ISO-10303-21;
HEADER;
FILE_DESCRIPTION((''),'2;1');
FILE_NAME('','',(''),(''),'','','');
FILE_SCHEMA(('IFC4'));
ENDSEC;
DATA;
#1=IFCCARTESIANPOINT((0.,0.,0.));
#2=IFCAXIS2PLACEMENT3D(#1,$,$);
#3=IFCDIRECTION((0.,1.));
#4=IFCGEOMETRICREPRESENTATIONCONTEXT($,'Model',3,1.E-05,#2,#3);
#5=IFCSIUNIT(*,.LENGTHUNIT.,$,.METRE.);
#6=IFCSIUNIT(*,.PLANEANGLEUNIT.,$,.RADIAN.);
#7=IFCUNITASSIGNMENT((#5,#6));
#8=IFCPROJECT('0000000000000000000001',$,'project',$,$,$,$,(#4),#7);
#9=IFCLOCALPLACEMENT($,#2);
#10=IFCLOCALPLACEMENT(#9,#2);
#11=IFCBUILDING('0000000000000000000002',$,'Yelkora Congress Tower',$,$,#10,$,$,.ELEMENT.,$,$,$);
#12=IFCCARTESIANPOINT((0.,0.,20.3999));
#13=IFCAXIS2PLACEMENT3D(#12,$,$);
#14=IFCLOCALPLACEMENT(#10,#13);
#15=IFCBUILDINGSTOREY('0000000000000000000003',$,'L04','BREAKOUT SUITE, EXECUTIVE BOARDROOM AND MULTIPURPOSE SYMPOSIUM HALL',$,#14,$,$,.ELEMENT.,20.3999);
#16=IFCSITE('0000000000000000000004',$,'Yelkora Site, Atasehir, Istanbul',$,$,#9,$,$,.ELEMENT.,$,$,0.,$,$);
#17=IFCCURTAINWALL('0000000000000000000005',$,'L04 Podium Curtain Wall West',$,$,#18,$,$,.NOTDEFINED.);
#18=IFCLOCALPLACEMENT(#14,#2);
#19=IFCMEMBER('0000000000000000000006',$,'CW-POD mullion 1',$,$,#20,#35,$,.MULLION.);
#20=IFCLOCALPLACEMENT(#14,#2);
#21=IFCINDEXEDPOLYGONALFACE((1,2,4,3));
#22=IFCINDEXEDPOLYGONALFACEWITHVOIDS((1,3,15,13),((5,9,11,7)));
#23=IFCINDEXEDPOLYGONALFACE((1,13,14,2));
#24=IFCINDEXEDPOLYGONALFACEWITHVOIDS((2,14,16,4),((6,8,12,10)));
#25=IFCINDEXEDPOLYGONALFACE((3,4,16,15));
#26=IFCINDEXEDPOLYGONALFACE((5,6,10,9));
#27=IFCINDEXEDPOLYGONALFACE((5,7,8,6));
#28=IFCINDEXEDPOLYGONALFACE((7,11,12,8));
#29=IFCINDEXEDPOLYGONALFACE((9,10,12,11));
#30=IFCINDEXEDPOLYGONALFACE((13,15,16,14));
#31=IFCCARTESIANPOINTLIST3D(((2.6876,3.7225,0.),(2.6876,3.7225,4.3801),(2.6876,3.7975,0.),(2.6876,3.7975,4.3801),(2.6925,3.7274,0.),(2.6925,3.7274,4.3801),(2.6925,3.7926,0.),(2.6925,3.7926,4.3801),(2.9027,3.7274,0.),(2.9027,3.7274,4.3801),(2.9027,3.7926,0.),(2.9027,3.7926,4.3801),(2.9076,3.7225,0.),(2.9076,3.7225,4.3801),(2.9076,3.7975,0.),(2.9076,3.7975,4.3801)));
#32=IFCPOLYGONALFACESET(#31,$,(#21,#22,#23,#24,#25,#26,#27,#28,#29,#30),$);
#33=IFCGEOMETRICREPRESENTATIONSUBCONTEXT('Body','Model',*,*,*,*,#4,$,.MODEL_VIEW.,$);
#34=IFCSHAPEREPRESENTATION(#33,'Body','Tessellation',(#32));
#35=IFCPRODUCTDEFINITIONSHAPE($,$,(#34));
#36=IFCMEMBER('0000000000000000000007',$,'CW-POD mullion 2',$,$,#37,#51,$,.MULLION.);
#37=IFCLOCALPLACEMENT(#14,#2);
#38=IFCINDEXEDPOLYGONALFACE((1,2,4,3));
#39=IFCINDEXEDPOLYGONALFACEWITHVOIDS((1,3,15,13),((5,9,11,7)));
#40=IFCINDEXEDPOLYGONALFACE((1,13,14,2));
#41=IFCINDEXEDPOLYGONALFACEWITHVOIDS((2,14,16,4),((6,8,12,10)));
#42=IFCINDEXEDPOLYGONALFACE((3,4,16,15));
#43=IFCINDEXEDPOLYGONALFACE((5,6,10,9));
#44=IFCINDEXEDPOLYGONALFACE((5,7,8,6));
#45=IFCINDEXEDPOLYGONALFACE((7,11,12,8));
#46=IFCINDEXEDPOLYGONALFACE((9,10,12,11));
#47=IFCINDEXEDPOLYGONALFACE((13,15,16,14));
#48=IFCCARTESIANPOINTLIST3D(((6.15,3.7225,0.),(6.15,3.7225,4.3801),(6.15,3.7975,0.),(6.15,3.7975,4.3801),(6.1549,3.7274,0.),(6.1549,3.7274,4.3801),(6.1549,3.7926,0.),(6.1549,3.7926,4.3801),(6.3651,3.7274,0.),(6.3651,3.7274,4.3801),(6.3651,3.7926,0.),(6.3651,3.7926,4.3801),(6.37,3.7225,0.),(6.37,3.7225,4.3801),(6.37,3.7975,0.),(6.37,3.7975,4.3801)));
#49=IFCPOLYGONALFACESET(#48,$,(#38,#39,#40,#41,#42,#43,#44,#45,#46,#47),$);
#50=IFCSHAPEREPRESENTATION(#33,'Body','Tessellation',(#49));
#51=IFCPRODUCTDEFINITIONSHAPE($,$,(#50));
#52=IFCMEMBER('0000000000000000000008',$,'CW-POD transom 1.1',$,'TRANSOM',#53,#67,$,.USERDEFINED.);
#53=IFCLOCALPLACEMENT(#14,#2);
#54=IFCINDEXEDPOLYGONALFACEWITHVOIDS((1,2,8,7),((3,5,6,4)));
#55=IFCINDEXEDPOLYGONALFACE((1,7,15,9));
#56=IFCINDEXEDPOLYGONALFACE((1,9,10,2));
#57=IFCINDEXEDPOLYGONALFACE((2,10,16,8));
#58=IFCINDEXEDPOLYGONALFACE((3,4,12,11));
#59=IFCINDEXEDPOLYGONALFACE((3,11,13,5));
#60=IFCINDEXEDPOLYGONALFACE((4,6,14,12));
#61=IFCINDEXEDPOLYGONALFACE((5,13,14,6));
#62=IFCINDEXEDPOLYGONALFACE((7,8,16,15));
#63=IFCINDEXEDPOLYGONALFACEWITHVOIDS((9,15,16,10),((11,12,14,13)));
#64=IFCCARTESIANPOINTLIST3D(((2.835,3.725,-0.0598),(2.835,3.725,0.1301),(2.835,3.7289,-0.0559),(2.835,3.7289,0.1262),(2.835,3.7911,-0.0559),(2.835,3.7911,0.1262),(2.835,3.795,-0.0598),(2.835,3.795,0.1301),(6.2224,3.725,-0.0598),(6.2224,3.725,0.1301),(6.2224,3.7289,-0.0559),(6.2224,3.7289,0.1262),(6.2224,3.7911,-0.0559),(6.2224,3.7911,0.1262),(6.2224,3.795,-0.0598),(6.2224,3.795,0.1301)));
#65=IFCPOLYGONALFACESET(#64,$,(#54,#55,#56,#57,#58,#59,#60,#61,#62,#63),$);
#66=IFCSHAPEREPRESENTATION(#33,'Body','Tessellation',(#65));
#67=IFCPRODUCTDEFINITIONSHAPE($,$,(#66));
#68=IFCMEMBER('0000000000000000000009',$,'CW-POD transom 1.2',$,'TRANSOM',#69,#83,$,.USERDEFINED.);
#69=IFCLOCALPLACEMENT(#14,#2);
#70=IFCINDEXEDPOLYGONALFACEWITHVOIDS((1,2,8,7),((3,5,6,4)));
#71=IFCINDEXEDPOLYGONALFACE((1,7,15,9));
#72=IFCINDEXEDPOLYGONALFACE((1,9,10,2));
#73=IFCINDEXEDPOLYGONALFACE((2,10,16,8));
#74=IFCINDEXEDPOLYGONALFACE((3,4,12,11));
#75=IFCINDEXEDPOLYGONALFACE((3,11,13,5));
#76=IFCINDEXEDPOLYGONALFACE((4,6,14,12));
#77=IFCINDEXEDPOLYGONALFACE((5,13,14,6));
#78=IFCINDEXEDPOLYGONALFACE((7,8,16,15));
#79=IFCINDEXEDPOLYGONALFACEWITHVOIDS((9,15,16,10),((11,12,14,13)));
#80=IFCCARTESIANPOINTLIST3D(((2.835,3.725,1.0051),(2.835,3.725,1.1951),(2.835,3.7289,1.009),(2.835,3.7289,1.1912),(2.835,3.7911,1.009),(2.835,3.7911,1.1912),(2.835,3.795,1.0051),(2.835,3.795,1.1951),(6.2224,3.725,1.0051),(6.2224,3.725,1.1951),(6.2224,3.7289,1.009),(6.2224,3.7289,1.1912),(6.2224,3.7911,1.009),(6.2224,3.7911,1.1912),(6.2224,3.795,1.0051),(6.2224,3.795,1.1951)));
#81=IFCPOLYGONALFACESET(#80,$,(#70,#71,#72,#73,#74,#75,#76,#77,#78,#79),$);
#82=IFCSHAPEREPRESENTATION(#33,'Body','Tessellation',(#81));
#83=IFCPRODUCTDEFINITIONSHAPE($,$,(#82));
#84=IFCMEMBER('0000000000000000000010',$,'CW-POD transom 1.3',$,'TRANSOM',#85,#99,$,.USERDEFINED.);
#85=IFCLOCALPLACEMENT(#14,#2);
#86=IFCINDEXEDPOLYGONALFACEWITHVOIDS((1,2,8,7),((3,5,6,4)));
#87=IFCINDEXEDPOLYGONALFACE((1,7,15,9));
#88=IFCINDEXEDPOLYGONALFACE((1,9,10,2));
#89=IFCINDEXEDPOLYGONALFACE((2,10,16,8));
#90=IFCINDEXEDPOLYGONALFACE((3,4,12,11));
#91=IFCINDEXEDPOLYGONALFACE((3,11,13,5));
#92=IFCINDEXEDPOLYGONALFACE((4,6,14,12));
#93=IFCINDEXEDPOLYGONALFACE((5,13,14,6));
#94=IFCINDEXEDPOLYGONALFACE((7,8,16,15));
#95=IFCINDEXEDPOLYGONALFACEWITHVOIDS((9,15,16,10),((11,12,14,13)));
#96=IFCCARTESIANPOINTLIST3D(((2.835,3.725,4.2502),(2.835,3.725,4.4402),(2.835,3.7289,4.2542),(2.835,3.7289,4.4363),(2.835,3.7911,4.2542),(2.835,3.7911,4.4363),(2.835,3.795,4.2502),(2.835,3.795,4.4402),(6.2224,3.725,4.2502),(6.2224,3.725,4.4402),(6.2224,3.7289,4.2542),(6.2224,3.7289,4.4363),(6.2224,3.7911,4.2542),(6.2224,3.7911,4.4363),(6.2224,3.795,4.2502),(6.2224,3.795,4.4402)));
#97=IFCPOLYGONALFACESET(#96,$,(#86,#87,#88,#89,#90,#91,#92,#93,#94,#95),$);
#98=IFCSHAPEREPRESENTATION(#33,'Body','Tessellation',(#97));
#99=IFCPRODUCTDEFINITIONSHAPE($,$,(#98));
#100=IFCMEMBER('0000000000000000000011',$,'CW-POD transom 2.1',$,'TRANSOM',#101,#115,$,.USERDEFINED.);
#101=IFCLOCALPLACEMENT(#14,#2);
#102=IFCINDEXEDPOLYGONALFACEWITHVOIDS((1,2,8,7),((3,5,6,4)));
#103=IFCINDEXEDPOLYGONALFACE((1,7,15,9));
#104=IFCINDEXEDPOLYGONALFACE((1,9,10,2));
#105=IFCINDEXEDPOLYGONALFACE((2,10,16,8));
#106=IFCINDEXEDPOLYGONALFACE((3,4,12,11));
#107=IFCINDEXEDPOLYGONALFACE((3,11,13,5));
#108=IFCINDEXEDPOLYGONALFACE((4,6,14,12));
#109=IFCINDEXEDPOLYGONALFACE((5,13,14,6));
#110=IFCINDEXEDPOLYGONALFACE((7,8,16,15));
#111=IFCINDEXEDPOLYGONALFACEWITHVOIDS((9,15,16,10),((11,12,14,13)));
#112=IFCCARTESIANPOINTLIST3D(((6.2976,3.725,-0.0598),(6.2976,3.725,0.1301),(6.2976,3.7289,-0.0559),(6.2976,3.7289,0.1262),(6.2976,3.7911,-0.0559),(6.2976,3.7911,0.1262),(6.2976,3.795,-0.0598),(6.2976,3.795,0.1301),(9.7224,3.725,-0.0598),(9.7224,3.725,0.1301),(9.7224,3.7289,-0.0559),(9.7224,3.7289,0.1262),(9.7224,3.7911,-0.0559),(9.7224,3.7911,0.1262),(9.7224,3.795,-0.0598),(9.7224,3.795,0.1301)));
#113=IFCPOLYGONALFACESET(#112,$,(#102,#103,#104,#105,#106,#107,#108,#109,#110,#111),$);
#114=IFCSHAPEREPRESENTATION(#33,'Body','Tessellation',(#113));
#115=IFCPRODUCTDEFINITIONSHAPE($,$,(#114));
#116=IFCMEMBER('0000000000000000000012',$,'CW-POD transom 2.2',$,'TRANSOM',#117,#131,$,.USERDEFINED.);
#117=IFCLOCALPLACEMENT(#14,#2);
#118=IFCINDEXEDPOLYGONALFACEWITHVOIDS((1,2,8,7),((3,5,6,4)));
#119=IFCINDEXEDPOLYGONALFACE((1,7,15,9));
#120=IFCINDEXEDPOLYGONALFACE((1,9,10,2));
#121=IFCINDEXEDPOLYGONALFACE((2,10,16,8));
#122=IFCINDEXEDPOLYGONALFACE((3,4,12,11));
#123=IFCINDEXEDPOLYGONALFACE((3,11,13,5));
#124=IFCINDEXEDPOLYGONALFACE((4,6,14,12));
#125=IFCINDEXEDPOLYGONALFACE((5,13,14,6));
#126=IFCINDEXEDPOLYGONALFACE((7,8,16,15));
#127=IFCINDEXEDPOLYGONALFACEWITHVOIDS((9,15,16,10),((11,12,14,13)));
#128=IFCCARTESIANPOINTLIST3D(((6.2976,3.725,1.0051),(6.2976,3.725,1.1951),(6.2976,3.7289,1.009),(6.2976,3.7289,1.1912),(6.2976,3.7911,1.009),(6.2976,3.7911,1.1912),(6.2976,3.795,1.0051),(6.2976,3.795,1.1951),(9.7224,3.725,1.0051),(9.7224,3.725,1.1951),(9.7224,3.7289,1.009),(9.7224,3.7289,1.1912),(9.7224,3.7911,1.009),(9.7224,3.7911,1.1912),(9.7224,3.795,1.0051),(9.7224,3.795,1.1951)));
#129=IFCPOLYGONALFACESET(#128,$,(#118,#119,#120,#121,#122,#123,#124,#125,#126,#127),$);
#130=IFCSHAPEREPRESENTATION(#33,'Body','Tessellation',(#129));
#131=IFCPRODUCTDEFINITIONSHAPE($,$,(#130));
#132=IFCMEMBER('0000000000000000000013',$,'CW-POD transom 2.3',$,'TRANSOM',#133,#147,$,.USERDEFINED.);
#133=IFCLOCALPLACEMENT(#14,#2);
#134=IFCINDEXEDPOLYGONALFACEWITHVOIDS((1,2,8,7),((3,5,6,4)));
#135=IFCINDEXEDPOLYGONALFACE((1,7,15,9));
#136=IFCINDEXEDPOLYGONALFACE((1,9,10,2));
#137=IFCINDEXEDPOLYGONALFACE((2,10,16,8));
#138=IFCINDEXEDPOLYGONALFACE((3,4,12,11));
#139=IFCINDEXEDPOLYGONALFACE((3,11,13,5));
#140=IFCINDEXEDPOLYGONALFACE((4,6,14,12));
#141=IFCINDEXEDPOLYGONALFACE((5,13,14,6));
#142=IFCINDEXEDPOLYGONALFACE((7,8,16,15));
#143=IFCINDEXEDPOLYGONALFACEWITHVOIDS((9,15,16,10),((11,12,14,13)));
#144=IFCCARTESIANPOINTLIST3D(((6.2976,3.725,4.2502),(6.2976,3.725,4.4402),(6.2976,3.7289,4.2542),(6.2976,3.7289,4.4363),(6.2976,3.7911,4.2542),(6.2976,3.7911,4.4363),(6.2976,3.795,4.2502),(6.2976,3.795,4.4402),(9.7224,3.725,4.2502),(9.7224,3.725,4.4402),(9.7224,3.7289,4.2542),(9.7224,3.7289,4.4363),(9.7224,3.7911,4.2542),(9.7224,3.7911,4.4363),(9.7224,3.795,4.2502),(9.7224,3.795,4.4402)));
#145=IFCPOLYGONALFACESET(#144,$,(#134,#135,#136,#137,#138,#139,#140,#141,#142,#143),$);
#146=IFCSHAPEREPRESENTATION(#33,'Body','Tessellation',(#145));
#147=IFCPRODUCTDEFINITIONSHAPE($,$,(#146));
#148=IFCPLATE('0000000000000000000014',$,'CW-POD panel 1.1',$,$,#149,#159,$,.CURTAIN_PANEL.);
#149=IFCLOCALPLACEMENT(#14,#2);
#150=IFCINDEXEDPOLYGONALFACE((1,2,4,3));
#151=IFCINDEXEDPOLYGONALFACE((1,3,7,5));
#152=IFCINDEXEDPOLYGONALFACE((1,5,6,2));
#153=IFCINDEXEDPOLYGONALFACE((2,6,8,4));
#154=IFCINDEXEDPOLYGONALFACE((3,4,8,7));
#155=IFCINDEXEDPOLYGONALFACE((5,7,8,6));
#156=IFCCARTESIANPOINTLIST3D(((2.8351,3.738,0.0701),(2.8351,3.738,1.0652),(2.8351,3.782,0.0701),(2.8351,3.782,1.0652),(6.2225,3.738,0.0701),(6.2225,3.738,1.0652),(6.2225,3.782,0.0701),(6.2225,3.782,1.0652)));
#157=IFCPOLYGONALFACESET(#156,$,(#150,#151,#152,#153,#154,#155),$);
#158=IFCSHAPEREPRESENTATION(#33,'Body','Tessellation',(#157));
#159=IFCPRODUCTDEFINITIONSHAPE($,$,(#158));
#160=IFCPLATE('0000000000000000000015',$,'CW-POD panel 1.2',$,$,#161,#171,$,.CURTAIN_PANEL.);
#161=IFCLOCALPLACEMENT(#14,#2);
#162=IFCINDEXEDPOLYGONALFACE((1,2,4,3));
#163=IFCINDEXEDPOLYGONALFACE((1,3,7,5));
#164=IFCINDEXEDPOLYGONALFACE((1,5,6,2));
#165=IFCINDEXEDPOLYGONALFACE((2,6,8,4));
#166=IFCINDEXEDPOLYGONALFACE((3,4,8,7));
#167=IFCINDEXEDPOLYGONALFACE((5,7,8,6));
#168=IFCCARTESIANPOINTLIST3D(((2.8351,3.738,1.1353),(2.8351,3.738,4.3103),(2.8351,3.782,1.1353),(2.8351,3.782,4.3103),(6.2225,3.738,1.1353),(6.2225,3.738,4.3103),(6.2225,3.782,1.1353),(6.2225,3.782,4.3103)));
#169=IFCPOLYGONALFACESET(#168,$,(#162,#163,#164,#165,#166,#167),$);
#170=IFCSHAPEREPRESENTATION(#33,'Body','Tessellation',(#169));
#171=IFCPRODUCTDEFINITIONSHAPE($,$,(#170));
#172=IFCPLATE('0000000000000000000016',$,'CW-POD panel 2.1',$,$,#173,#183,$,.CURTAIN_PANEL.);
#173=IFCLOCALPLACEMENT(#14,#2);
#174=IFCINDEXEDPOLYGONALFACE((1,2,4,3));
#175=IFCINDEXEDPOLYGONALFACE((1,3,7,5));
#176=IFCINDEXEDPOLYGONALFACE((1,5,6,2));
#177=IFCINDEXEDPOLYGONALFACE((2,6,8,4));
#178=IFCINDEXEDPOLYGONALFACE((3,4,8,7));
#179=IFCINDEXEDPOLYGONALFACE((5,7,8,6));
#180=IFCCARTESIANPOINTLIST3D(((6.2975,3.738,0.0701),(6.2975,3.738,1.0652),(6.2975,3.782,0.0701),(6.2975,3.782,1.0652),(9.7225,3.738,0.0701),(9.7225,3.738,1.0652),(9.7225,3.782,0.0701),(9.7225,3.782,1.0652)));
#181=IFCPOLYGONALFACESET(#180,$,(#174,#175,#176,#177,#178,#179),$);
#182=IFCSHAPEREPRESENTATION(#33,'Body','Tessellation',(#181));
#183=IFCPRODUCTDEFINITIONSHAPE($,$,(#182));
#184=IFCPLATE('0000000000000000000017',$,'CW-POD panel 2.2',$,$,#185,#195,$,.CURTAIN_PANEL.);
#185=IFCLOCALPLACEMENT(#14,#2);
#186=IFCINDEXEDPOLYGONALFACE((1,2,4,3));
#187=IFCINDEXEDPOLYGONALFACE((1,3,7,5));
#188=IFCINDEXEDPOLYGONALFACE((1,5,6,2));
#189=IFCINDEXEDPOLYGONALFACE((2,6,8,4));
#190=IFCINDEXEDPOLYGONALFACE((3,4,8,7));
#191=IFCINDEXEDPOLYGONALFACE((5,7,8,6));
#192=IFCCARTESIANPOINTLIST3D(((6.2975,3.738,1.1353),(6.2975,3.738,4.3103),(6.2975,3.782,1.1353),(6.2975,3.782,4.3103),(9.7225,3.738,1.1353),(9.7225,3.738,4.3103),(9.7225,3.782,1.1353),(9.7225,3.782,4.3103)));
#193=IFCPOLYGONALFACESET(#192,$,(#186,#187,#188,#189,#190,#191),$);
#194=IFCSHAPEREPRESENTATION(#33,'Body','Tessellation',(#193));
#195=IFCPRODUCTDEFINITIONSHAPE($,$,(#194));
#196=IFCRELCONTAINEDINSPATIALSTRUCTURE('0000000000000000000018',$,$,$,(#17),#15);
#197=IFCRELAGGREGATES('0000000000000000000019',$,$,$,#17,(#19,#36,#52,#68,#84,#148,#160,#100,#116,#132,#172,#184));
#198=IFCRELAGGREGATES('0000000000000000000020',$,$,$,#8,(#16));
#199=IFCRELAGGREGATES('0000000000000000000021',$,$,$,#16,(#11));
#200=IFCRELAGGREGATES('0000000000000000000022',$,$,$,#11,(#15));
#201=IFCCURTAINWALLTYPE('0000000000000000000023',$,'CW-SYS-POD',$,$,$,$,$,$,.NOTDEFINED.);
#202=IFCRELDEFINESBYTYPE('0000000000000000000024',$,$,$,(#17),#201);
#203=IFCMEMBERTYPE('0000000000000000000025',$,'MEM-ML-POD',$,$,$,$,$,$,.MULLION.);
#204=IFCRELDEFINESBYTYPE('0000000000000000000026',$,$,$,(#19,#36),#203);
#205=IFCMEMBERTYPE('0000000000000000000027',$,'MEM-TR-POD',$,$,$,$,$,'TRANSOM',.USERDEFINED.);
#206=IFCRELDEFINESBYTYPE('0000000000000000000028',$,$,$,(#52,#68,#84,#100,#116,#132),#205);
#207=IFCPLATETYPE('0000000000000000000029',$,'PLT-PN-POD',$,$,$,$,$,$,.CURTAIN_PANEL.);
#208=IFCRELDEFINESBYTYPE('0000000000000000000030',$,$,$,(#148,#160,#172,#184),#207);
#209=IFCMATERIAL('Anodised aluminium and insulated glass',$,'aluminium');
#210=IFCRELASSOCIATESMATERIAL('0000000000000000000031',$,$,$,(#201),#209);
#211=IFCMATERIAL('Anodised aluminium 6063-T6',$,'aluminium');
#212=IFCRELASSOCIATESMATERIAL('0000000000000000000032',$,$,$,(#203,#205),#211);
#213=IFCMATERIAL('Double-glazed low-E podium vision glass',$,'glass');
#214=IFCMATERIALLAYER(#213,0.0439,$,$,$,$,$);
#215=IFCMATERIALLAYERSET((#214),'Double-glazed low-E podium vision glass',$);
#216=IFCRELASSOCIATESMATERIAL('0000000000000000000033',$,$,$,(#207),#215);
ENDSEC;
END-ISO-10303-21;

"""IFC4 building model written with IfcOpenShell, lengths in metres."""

from ifc_helpers import new_model, si_unit, direction, frame, origin, origin_2d, place, context, subcontext, project, spatial, rectangle, hollow_rectangle, extrude, material, layer, layer_set, material_profile, profile_set, type_object, element, aggregate, save


model = new_model("IFC4")

# Units and contexts
model_context = context("Model", 3, precision=1e-05, world=origin(), true_north=direction((0.0, 1.0)))
body_context = subcontext(model_context, "Body", "Model", "MODEL_VIEW")
ifc_project = project(units=[si_unit("LENGTHUNIT", "METRE"), si_unit("PLANEANGLEUNIT", "RADIAN")], contexts=[model_context])

# Site, building, storey
site_placement = place(None, origin())
site = spatial("IfcSite", under=ifc_project, at=site_placement, Name="Yelkora Site, Atasehir, Istanbul", CompositionType="ELEMENT", RefElevation=0.0)
building_placement = place(site_placement, origin())
building = spatial("IfcBuilding", under=site, at=building_placement, Name="Yelkora Congress Tower", CompositionType="ELEMENT")
storey_placement = place(building_placement, frame((0.0, 0.0, 20.3999)))
storey = spatial("IfcBuildingStorey", under=building, at=storey_placement, Name="L04", Description="BREAKOUT SUITE, EXECUTIVE BOARDROOM AND MULTIPURPOSE SYMPOSIUM HALL", CompositionType="ELEMENT", Elevation=20.3999)

# Curtain wall, members, plates
ifc_material_1 = material(Name="Anodised aluminium and insulated glass", Category="aluminium")
curtain_wall_type = type_object("IfcCurtainWallType", Name="CW-SYS-POD", PredefinedType="NOTDEFINED", material=ifc_material_1)
curtain_wall_placement = place(storey_placement, origin())
curtain_wall = element("IfcCurtainWall", 1, at=curtain_wall_placement, inside=storey, type_object=curtain_wall_type, Name="L04 Podium Curtain Wall West", PredefinedType="NOTDEFINED")
ifc_material_2 = material(Name="Anodised aluminium 6063-T6", Category="aluminium")
ifc_material_profile_1 = material_profile(ifc_material_2, hollow_rectangle(XDim=0.075, YDim=0.22, WallThickness=0.0049, at=origin_2d()), Name="ALU 75x220x5")
ifc_profile_set_1 = profile_set([ifc_material_profile_1], Name="Anodised aluminium 6063-T6")
member_type_1 = type_object("IfcMemberType", Name="MEM-ML-POD", PredefinedType="MULLION", material=ifc_profile_set_1)
member_1_placement = place(storey_placement, frame((2.7976, 3.76, 0.0), z_axis=(0.0, 0.0, 1.0), x_axis=(0.0, 1.0, 0.0)))
member_1 = element("IfcMember", 2, at=member_1_placement, type_object=member_type_1, Name="CW-POD mullion 1", PredefinedType="MULLION", context=body_context, shape_type="SweptSolid", body=[
    extrude(hollow_rectangle(XDim=0.075, YDim=0.22, WallThickness=0.0049, at=origin_2d()), origin(), (0.0, 0.0, 1.0), 4.3801),
])
member_2_placement = place(storey_placement, frame((6.26, 3.76, 0.0), z_axis=(0.0, 0.0, 1.0), x_axis=(0.0, 1.0, 0.0)))
member_2 = element("IfcMember", 3, at=member_2_placement, type_object=member_type_1, Name="CW-POD mullion 2", PredefinedType="MULLION", context=body_context, shape_type="SweptSolid", body=[
    extrude(hollow_rectangle(XDim=0.075, YDim=0.22, WallThickness=0.0049, at=origin_2d()), origin(), (0.0, 0.0, 1.0), 4.3801),
])
ifc_material_profile_2 = material_profile(ifc_material_2, hollow_rectangle(XDim=0.0701, YDim=0.1899, WallThickness=0.0039, at=origin_2d()), Name="ALU 70x190x4")
ifc_profile_set_2 = profile_set([ifc_material_profile_2], Name="Anodised aluminium 6063-T6")
member_type_2 = type_object("IfcMemberType", Name="MEM-TR-POD", ElementType="TRANSOM", PredefinedType="USERDEFINED", material=ifc_profile_set_2)
member_3_placement = place(storey_placement, frame((2.835, 3.76, 0.0352), z_axis=(1.0, 0.0, 0.0), x_axis=(0.0, 1.0, 0.0)))
member_3 = element("IfcMember", 4, at=member_3_placement, type_object=member_type_2, Name="CW-POD transom 1.1", ObjectType="TRANSOM", PredefinedType="USERDEFINED", context=body_context, shape_type="SweptSolid", body=[
    extrude(hollow_rectangle(XDim=0.0701, YDim=0.1899, WallThickness=0.0039, at=origin_2d()), origin(), (0.0, 0.0, 1.0), 3.3875),
])
member_4_placement = place(storey_placement, frame((2.835, 3.76, 1.1001), z_axis=(1.0, 0.0, 0.0), x_axis=(0.0, 1.0, 0.0)))
member_4 = element("IfcMember", 5, at=member_4_placement, type_object=member_type_2, Name="CW-POD transom 1.2", ObjectType="TRANSOM", PredefinedType="USERDEFINED", context=body_context, shape_type="SweptSolid", body=[
    extrude(hollow_rectangle(XDim=0.0701, YDim=0.1899, WallThickness=0.0039, at=origin_2d()), origin(), (0.0, 0.0, 1.0), 3.3875),
])
member_5_placement = place(storey_placement, frame((2.835, 3.76, 4.3452), z_axis=(1.0, 0.0, 0.0), x_axis=(0.0, 1.0, 0.0)))
member_5 = element("IfcMember", 6, at=member_5_placement, type_object=member_type_2, Name="CW-POD transom 1.3", ObjectType="TRANSOM", PredefinedType="USERDEFINED", context=body_context, shape_type="SweptSolid", body=[
    extrude(hollow_rectangle(XDim=0.0701, YDim=0.1899, WallThickness=0.0039, at=origin_2d()), origin(), (0.0, 0.0, 1.0), 3.3875),
])
member_6_placement = place(storey_placement, frame((6.2976, 3.76, 0.0352), z_axis=(1.0, 0.0, 0.0), x_axis=(0.0, 1.0, 0.0)))
member_6 = element("IfcMember", 7, at=member_6_placement, type_object=member_type_2, Name="CW-POD transom 2.1", ObjectType="TRANSOM", PredefinedType="USERDEFINED", context=body_context, shape_type="SweptSolid", body=[
    extrude(hollow_rectangle(XDim=0.0701, YDim=0.1899, WallThickness=0.0039, at=origin_2d()), origin(), (0.0, 0.0, 1.0), 3.4248),
])
member_7_placement = place(storey_placement, frame((6.2976, 3.76, 1.1001), z_axis=(1.0, 0.0, 0.0), x_axis=(0.0, 1.0, 0.0)))
member_7 = element("IfcMember", 8, at=member_7_placement, type_object=member_type_2, Name="CW-POD transom 2.2", ObjectType="TRANSOM", PredefinedType="USERDEFINED", context=body_context, shape_type="SweptSolid", body=[
    extrude(hollow_rectangle(XDim=0.0701, YDim=0.1899, WallThickness=0.0039, at=origin_2d()), origin(), (0.0, 0.0, 1.0), 3.4248),
])
member_8_placement = place(storey_placement, frame((6.2976, 3.76, 4.3452), z_axis=(1.0, 0.0, 0.0), x_axis=(0.0, 1.0, 0.0)))
member_8 = element("IfcMember", 9, at=member_8_placement, type_object=member_type_2, Name="CW-POD transom 2.3", ObjectType="TRANSOM", PredefinedType="USERDEFINED", context=body_context, shape_type="SweptSolid", body=[
    extrude(hollow_rectangle(XDim=0.0701, YDim=0.1899, WallThickness=0.0039, at=origin_2d()), origin(), (0.0, 0.0, 1.0), 3.4248),
])
ifc_material_3 = material(Name="Double-glazed low-E podium vision glass", Category="glass")
ifc_layer_1 = layer(ifc_material_3, 0.0439)
ifc_layer_set_1 = layer_set([ifc_layer_1], Name="Double-glazed low-E podium vision glass")
plate_type = type_object("IfcPlateType", Name="PLT-PN-POD", PredefinedType="CURTAIN_PANEL", material=ifc_layer_set_1)
plate_1_placement = place(storey_placement, frame((4.5288, 3.76, 0.0701), z_axis=(0.0, 0.0, 1.0), x_axis=(1.0, 0.0, 0.0)))
plate_1 = element("IfcPlate", 10, at=plate_1_placement, type_object=plate_type, Name="CW-POD panel 1.1", PredefinedType="CURTAIN_PANEL", context=body_context, shape_type="SweptSolid", body=[
    extrude(rectangle(XDim=3.3875, YDim=0.0439, at=origin_2d()), origin(), (0.0, 0.0, 1.0), 0.9951),
])
plate_2_placement = place(storey_placement, frame((4.5288, 3.76, 1.1353), z_axis=(0.0, 0.0, 1.0), x_axis=(1.0, 0.0, 0.0)))
plate_2 = element("IfcPlate", 11, at=plate_2_placement, type_object=plate_type, Name="CW-POD panel 1.2", PredefinedType="CURTAIN_PANEL", context=body_context, shape_type="SweptSolid", body=[
    extrude(rectangle(XDim=3.3875, YDim=0.0439, at=origin_2d()), origin(), (0.0, 0.0, 1.0), 3.175),
])
plate_3_placement = place(storey_placement, frame((8.01, 3.76, 0.0701), z_axis=(0.0, 0.0, 1.0), x_axis=(1.0, 0.0, 0.0)))
plate_3 = element("IfcPlate", 12, at=plate_3_placement, type_object=plate_type, Name="CW-POD panel 2.1", PredefinedType="CURTAIN_PANEL", context=body_context, shape_type="SweptSolid", body=[
    extrude(rectangle(XDim=3.425, YDim=0.0439, at=origin_2d()), origin(), (0.0, 0.0, 1.0), 0.9951),
])
plate_4_placement = place(storey_placement, frame((8.01, 3.76, 1.1353), z_axis=(0.0, 0.0, 1.0), x_axis=(1.0, 0.0, 0.0)))
plate_4 = element("IfcPlate", 13, at=plate_4_placement, type_object=plate_type, Name="CW-POD panel 2.2", PredefinedType="CURTAIN_PANEL", context=body_context, shape_type="SweptSolid", body=[
    extrude(rectangle(XDim=3.425, YDim=0.0439, at=origin_2d()), origin(), (0.0, 0.0, 1.0), 3.175),
])
aggregate(curtain_wall, [member_1, member_2, member_3, member_4, member_5, plate_1, plate_2, member_6, member_7, member_8, plate_3, plate_4])

save(model, "model.ifc")
